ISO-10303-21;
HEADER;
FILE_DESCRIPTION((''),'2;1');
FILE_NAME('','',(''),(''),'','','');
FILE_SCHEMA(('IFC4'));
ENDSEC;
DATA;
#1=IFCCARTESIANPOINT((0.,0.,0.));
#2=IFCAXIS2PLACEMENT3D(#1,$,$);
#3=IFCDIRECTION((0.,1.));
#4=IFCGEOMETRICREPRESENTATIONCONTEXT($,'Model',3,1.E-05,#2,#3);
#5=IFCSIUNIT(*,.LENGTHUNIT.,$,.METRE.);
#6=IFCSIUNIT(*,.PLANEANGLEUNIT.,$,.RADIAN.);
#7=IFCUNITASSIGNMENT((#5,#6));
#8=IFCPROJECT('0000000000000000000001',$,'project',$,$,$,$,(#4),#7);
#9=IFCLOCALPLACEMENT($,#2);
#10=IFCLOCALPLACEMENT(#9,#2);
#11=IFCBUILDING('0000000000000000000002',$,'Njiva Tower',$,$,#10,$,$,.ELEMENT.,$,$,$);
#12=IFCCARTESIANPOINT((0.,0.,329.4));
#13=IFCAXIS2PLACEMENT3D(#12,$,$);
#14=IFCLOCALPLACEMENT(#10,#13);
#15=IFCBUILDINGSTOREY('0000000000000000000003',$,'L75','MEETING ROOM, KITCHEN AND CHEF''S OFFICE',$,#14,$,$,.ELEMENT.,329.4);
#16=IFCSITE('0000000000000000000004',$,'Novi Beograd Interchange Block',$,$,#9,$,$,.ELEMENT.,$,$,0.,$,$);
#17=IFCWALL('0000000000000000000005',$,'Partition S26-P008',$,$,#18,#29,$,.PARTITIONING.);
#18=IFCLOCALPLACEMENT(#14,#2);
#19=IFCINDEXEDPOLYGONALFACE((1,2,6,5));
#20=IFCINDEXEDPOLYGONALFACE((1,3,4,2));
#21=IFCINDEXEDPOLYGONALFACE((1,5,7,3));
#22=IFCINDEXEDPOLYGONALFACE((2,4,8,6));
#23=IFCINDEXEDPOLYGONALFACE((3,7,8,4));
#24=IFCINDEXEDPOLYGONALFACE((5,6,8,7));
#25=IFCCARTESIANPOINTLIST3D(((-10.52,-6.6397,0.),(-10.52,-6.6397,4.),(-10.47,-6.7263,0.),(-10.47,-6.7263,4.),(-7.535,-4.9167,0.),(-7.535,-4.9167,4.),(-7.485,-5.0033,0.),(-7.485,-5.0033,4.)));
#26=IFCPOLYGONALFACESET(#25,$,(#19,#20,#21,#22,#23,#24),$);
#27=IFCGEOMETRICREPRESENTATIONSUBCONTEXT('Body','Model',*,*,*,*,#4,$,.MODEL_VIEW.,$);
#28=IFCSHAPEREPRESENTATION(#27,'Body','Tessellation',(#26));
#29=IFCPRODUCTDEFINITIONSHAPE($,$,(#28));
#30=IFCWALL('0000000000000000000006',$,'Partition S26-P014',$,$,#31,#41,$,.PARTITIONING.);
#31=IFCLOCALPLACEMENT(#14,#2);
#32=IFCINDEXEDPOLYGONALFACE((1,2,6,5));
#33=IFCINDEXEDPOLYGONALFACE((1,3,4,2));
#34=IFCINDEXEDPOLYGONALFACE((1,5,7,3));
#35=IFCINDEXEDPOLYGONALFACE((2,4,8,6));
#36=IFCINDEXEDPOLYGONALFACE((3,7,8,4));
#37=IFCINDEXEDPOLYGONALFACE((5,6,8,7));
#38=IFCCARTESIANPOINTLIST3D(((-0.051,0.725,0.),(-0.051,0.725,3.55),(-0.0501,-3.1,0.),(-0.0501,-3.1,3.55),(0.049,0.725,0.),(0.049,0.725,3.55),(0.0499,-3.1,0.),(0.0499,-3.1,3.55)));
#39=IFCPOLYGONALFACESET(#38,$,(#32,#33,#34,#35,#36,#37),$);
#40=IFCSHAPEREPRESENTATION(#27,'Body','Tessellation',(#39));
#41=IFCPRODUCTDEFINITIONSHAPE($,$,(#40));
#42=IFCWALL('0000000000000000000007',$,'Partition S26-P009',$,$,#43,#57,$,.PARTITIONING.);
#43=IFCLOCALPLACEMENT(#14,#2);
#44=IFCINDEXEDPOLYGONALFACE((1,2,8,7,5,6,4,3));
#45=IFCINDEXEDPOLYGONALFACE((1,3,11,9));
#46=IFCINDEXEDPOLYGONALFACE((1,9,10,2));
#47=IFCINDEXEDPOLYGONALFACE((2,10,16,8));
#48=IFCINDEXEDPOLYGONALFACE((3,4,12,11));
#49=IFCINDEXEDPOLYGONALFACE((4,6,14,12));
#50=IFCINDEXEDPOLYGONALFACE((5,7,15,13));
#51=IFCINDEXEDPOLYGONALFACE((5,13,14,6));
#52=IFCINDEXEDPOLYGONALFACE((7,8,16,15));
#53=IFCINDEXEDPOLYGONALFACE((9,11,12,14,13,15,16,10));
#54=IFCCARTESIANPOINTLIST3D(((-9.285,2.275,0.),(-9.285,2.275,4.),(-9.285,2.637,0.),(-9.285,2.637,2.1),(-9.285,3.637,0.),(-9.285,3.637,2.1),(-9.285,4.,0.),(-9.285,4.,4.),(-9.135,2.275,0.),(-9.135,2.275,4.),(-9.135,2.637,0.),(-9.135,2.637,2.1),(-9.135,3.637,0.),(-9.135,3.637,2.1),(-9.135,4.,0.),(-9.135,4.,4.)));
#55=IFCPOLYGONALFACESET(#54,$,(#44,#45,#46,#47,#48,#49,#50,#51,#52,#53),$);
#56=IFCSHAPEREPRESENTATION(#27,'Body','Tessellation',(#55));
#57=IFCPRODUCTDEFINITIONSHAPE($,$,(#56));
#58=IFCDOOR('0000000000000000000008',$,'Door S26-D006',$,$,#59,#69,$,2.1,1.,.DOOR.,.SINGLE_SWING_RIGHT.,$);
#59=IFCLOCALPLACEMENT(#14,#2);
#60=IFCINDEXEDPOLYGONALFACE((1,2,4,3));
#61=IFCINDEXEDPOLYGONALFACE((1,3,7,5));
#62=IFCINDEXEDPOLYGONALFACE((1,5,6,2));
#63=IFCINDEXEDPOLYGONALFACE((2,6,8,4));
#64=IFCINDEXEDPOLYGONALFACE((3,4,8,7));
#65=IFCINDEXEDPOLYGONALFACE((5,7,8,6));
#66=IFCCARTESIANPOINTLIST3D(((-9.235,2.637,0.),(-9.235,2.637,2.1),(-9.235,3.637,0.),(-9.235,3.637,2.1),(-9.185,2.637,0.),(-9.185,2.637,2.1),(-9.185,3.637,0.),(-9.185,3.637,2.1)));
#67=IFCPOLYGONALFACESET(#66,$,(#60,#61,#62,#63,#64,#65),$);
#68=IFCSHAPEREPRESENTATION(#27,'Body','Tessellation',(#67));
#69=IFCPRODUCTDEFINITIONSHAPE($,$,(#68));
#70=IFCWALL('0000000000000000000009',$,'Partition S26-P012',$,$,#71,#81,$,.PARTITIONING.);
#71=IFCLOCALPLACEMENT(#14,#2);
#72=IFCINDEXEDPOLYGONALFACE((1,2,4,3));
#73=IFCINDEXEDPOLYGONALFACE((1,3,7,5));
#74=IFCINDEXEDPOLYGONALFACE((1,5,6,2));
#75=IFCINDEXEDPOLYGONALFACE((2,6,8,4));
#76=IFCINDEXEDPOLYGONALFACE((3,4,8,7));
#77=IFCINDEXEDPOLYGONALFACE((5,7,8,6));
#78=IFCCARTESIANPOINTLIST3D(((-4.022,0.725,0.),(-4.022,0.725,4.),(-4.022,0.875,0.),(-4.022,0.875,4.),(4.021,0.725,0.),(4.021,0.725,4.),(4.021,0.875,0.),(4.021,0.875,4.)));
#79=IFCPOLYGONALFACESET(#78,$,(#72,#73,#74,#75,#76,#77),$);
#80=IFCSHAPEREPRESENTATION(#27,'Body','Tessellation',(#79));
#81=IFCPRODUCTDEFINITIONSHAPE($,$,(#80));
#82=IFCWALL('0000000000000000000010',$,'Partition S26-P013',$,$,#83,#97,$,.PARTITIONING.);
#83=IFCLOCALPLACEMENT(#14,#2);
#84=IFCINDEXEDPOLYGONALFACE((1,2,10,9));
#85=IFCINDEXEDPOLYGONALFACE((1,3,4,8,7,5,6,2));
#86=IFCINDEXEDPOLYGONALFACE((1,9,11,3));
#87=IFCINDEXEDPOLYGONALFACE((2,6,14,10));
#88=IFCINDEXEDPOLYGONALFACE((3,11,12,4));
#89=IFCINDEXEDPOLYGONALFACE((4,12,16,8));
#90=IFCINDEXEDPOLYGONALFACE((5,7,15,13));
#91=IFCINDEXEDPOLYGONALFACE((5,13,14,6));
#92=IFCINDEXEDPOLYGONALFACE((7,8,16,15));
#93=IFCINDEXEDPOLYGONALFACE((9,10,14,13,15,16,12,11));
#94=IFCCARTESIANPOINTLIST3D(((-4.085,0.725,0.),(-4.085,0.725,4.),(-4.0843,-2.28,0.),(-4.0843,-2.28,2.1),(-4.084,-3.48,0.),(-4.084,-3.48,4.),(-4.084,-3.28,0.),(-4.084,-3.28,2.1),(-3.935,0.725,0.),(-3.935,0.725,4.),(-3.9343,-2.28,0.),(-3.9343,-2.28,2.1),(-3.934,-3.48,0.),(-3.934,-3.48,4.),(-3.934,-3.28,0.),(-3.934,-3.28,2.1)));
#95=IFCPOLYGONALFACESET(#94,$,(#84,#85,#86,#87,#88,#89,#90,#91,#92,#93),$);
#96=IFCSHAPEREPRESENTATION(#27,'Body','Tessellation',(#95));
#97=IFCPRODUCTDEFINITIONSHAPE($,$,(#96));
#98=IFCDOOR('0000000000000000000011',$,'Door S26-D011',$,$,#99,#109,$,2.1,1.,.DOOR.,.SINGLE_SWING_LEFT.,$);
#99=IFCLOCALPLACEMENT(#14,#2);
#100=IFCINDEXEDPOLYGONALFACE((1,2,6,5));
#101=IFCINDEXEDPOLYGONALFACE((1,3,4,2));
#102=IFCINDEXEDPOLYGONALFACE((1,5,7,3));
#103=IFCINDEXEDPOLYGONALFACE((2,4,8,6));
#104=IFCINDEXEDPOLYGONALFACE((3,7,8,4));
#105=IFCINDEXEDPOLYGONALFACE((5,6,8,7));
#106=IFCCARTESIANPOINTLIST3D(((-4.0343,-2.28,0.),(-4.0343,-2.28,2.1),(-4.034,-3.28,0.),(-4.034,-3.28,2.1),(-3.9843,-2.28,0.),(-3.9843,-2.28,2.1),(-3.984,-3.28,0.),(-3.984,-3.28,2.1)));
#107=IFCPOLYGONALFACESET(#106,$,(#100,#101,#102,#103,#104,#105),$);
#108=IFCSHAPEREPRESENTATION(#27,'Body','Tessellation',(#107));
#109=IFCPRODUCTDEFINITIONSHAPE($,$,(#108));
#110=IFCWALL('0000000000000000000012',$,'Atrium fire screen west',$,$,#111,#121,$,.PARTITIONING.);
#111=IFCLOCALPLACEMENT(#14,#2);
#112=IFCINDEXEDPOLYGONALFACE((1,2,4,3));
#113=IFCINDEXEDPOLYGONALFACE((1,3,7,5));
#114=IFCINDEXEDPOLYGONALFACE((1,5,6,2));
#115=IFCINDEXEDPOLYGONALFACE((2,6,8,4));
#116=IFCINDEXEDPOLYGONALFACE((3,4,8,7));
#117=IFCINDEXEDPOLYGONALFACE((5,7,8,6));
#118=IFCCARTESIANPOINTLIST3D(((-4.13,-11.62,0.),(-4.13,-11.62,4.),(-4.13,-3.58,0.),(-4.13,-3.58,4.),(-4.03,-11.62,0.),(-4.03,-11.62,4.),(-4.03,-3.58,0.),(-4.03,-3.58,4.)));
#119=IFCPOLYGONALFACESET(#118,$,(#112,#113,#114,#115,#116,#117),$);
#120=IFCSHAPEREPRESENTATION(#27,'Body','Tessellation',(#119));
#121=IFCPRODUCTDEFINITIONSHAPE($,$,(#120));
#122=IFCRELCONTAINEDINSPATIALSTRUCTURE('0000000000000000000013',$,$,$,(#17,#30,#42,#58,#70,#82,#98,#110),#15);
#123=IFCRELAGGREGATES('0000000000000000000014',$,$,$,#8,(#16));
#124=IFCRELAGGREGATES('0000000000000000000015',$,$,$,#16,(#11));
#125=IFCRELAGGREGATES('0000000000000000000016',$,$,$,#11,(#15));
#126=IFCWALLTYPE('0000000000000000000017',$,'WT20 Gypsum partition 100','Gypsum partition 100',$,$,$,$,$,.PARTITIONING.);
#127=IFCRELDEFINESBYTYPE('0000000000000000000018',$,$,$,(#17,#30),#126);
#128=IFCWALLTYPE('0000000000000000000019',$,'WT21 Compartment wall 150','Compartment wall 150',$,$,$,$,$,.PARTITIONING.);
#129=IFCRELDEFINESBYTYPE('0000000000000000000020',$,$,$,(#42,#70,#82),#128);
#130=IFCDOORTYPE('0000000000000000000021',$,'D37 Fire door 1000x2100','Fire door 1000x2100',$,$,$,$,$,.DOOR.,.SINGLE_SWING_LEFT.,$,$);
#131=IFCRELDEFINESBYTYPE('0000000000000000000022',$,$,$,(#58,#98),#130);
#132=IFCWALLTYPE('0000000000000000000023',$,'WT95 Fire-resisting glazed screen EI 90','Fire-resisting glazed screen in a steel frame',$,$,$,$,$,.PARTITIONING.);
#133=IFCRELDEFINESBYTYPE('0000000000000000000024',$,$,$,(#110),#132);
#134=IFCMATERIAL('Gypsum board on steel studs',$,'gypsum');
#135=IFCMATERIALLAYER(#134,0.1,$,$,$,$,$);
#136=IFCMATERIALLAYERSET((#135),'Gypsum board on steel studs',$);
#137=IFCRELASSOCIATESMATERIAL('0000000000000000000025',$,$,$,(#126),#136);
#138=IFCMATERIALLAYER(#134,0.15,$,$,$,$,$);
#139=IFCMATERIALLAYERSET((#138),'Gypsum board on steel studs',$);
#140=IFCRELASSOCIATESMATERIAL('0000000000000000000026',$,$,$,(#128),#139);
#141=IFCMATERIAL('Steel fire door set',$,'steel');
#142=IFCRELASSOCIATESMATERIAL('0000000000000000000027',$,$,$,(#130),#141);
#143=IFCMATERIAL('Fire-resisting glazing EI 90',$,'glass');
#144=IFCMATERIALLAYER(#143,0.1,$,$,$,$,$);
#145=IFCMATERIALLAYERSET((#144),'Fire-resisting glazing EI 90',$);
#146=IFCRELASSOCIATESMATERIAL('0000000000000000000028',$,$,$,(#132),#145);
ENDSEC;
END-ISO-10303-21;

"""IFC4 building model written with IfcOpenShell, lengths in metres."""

from ifc_helpers import new_model, si_unit, direction, frame, frame_2d, origin, place, context, subcontext, project, spatial, rectangle, extrude, material, layer, layer_set, type_object, element, fill, save


model = new_model("IFC4")

# Units and contexts
model_context = context("Model", 3, precision=1e-05, world=origin(), true_north=direction((0.0, 1.0)))
body_context = subcontext(model_context, "Body", "Model", "MODEL_VIEW")
ifc_project = project(units=[si_unit("LENGTHUNIT", "METRE"), si_unit("PLANEANGLEUNIT", "RADIAN")], contexts=[model_context])

# Site, building, storey
site_placement = place(None, origin())
site = spatial("IfcSite", under=ifc_project, at=site_placement, Name="Novi Beograd Interchange Block", CompositionType="ELEMENT", RefElevation=0.0)
building_placement = place(site_placement, origin())
building = spatial("IfcBuilding", under=site, at=building_placement, Name="Njiva Tower", CompositionType="ELEMENT")
storey_placement = place(building_placement, frame((0.0, 0.0, 329.4)))
storey = spatial("IfcBuildingStorey", under=building, at=storey_placement, Name="L75", Description="MEETING ROOM, KITCHEN AND CHEF'S OFFICE", CompositionType="ELEMENT", Elevation=329.4)

# Walls
ifc_material_1 = material(Name="Gypsum board on steel studs", Category="gypsum")
ifc_layer_1 = layer(ifc_material_1, 0.1)
ifc_layer_set_1 = layer_set([ifc_layer_1], Name="Gypsum board on steel studs")
wall_type_1 = type_object("IfcWallType", Name="WT20 Gypsum partition 100", Description="Gypsum partition 100", PredefinedType="PARTITIONING", material=ifc_layer_set_1)
wall_1_placement = place(storey_placement, frame((-10.495, -6.683, 0.0), z_axis=(0.0, 0.0, 1.0), x_axis=(0.866074, 0.499915, 0.0)))
element("IfcWall", 1, at=wall_1_placement, inside=storey, type_object=wall_type_1, Name="Partition S26-P008", PredefinedType="PARTITIONING", context=body_context, shape_type="SweptSolid", body=[
    extrude(rectangle(XDim=3.4466, YDim=0.1, at=frame_2d((1.7233, 0.0))), origin(), (0.0, 0.0, 1.0), 4.0),
])
wall_2_placement = place(storey_placement, frame((-0.001, 0.725, 0.0), z_axis=(0.0, 0.0, 1.0), x_axis=(0.000235, -1.0, 0.0)))
element("IfcWall", 2, at=wall_2_placement, inside=storey, type_object=wall_type_1, Name="Partition S26-P014", PredefinedType="PARTITIONING", context=body_context, shape_type="SweptSolid", body=[
    extrude(rectangle(XDim=3.825, YDim=0.1, at=frame_2d((1.9125, 0.0))), origin(), (0.0, 0.0, 1.0), 3.55),
])

# Wall, opening, door
ifc_layer_2 = layer(ifc_material_1, 0.15)
ifc_layer_set_2 = layer_set([ifc_layer_2], Name="Gypsum board on steel studs")
wall_type_2 = type_object("IfcWallType", Name="WT21 Compartment wall 150", Description="Compartment wall 150", PredefinedType="PARTITIONING", material=ifc_layer_set_2)
wall_3_placement = place(storey_placement, frame((-9.21, 2.275, 0.0), z_axis=(0.0, 0.0, 1.0), x_axis=(0.0, 1.0, 0.0)))
wall_3 = element("IfcWall", 3, at=wall_3_placement, inside=storey, type_object=wall_type_2, Name="Partition S26-P009", PredefinedType="PARTITIONING", context=body_context, shape_type="SweptSolid", body=[
    extrude(rectangle(XDim=1.725, YDim=0.15, at=frame_2d((0.8625, 0.0))), origin(), (0.0, 0.0, 1.0), 4.0),
])
opening_1_placement = place(wall_3_placement, frame((0.362, 0.0, 0.0)))
opening_1 = element("IfcOpeningElement", 4, at=opening_1_placement, cuts=wall_3, PredefinedType="OPENING", context=body_context, shape_type="SweptSolid", body=[
    extrude(rectangle(XDim=1.0, YDim=2.1, at=frame_2d((0.5, 1.05))), frame((0.0, 0.085, 0.0), z_axis=(0.0, -1.0, 0.0), x_axis=(1.0, 0.0, 0.0)), (0.0, 0.0, 1.0), 0.17),
])
ifc_material_2 = material(Name="Steel fire door set", Category="steel")
door_type = type_object("IfcDoorType", Name="D37 Fire door 1000x2100", Description="Fire door 1000x2100", OperationType="SINGLE_SWING_LEFT", PredefinedType="DOOR", material=ifc_material_2)
door_1_placement = place(opening_1_placement, origin())
door_1 = element("IfcDoor", 5, at=door_1_placement, inside=storey, type_object=door_type, Name="Door S26-D006", OperationType="SINGLE_SWING_RIGHT", OverallHeight=2.1, OverallWidth=1.0, PredefinedType="DOOR", context=body_context, shape_type="SweptSolid", body=[
    extrude(rectangle(XDim=1.0, YDim=2.1, at=frame_2d((0.5, 1.05))), frame((0.0, 0.025, 0.0), z_axis=(0.0, -1.0, 0.0), x_axis=(1.0, 0.0, 0.0)), (0.0, 0.0, 1.0), 0.05),
])
fill(opening_1, door_1)

# Wall
wall_4_placement = place(storey_placement, frame((-4.022, 0.8, 0.0), z_axis=(0.0, 0.0, 1.0), x_axis=(1.0, 0.0, 0.0)))
element("IfcWall", 6, at=wall_4_placement, inside=storey, type_object=wall_type_2, Name="Partition S26-P012", PredefinedType="PARTITIONING", context=body_context, shape_type="SweptSolid", body=[
    extrude(rectangle(XDim=8.043, YDim=0.15, at=frame_2d((4.0215, 0.0))), origin(), (0.0, 0.0, 1.0), 4.0),
])

# Wall, opening, door
wall_5_placement = place(storey_placement, frame((-4.01, 0.725, 0.0), z_axis=(0.0, 0.0, 1.0), x_axis=(0.000238, -1.0, 0.0)))
wall_5 = element("IfcWall", 7, at=wall_5_placement, inside=storey, type_object=wall_type_2, Name="Partition S26-P013", PredefinedType="PARTITIONING", context=body_context, shape_type="SweptSolid", body=[
    extrude(rectangle(XDim=4.205, YDim=0.15, at=frame_2d((2.1025, 0.0))), origin(), (0.0, 0.0, 1.0), 4.0),
])
opening_2_placement = place(wall_5_placement, frame((3.005, 0.0, 0.0)))
opening_2 = element("IfcOpeningElement", 8, at=opening_2_placement, cuts=wall_5, PredefinedType="OPENING", context=body_context, shape_type="SweptSolid", body=[
    extrude(rectangle(XDim=1.0, YDim=2.1, at=frame_2d((0.5, 1.05))), frame((0.0, 0.085, 0.0), z_axis=(0.0, -1.0, 0.0), x_axis=(1.0, 0.0, 0.0)), (0.0, 0.0, 1.0), 0.17),
])
door_2_placement = place(opening_2_placement, origin())
door_2 = element("IfcDoor", 9, at=door_2_placement, inside=storey, type_object=door_type, Name="Door S26-D011", OperationType="SINGLE_SWING_LEFT", OverallHeight=2.1, OverallWidth=1.0, PredefinedType="DOOR", context=body_context, shape_type="SweptSolid", body=[
    extrude(rectangle(XDim=1.0, YDim=2.1, at=frame_2d((0.5, 1.05))), frame((0.0, 0.025, 0.0), z_axis=(0.0, -1.0, 0.0), x_axis=(1.0, 0.0, 0.0)), (0.0, 0.0, 1.0), 0.05),
])
fill(opening_2, door_2)

# Wall
ifc_material_3 = material(Name="Fire-resisting glazing EI 90", Category="glass")
ifc_layer_3 = layer(ifc_material_3, 0.1)
ifc_layer_set_3 = layer_set([ifc_layer_3], Name="Fire-resisting glazing EI 90")
wall_type_3 = type_object("IfcWallType", Name="WT95 Fire-resisting glazed screen EI 90", Description="Fire-resisting glazed screen in a steel frame", PredefinedType="PARTITIONING", material=ifc_layer_set_3)
wall_6_placement = place(storey_placement, frame((-4.08, -3.58, 0.0), z_axis=(0.0, 0.0, 1.0), x_axis=(0.0, -1.0, 0.0)))
element("IfcWall", 10, at=wall_6_placement, inside=storey, type_object=wall_type_3, Name="Atrium fire screen west", PredefinedType="PARTITIONING", context=body_context, shape_type="SweptSolid", body=[
    extrude(rectangle(XDim=8.04, YDim=0.1, at=frame_2d((4.02, 0.0))), origin(), (0.0, 0.0, 1.0), 4.0),
])

save(model, "model.ifc")
